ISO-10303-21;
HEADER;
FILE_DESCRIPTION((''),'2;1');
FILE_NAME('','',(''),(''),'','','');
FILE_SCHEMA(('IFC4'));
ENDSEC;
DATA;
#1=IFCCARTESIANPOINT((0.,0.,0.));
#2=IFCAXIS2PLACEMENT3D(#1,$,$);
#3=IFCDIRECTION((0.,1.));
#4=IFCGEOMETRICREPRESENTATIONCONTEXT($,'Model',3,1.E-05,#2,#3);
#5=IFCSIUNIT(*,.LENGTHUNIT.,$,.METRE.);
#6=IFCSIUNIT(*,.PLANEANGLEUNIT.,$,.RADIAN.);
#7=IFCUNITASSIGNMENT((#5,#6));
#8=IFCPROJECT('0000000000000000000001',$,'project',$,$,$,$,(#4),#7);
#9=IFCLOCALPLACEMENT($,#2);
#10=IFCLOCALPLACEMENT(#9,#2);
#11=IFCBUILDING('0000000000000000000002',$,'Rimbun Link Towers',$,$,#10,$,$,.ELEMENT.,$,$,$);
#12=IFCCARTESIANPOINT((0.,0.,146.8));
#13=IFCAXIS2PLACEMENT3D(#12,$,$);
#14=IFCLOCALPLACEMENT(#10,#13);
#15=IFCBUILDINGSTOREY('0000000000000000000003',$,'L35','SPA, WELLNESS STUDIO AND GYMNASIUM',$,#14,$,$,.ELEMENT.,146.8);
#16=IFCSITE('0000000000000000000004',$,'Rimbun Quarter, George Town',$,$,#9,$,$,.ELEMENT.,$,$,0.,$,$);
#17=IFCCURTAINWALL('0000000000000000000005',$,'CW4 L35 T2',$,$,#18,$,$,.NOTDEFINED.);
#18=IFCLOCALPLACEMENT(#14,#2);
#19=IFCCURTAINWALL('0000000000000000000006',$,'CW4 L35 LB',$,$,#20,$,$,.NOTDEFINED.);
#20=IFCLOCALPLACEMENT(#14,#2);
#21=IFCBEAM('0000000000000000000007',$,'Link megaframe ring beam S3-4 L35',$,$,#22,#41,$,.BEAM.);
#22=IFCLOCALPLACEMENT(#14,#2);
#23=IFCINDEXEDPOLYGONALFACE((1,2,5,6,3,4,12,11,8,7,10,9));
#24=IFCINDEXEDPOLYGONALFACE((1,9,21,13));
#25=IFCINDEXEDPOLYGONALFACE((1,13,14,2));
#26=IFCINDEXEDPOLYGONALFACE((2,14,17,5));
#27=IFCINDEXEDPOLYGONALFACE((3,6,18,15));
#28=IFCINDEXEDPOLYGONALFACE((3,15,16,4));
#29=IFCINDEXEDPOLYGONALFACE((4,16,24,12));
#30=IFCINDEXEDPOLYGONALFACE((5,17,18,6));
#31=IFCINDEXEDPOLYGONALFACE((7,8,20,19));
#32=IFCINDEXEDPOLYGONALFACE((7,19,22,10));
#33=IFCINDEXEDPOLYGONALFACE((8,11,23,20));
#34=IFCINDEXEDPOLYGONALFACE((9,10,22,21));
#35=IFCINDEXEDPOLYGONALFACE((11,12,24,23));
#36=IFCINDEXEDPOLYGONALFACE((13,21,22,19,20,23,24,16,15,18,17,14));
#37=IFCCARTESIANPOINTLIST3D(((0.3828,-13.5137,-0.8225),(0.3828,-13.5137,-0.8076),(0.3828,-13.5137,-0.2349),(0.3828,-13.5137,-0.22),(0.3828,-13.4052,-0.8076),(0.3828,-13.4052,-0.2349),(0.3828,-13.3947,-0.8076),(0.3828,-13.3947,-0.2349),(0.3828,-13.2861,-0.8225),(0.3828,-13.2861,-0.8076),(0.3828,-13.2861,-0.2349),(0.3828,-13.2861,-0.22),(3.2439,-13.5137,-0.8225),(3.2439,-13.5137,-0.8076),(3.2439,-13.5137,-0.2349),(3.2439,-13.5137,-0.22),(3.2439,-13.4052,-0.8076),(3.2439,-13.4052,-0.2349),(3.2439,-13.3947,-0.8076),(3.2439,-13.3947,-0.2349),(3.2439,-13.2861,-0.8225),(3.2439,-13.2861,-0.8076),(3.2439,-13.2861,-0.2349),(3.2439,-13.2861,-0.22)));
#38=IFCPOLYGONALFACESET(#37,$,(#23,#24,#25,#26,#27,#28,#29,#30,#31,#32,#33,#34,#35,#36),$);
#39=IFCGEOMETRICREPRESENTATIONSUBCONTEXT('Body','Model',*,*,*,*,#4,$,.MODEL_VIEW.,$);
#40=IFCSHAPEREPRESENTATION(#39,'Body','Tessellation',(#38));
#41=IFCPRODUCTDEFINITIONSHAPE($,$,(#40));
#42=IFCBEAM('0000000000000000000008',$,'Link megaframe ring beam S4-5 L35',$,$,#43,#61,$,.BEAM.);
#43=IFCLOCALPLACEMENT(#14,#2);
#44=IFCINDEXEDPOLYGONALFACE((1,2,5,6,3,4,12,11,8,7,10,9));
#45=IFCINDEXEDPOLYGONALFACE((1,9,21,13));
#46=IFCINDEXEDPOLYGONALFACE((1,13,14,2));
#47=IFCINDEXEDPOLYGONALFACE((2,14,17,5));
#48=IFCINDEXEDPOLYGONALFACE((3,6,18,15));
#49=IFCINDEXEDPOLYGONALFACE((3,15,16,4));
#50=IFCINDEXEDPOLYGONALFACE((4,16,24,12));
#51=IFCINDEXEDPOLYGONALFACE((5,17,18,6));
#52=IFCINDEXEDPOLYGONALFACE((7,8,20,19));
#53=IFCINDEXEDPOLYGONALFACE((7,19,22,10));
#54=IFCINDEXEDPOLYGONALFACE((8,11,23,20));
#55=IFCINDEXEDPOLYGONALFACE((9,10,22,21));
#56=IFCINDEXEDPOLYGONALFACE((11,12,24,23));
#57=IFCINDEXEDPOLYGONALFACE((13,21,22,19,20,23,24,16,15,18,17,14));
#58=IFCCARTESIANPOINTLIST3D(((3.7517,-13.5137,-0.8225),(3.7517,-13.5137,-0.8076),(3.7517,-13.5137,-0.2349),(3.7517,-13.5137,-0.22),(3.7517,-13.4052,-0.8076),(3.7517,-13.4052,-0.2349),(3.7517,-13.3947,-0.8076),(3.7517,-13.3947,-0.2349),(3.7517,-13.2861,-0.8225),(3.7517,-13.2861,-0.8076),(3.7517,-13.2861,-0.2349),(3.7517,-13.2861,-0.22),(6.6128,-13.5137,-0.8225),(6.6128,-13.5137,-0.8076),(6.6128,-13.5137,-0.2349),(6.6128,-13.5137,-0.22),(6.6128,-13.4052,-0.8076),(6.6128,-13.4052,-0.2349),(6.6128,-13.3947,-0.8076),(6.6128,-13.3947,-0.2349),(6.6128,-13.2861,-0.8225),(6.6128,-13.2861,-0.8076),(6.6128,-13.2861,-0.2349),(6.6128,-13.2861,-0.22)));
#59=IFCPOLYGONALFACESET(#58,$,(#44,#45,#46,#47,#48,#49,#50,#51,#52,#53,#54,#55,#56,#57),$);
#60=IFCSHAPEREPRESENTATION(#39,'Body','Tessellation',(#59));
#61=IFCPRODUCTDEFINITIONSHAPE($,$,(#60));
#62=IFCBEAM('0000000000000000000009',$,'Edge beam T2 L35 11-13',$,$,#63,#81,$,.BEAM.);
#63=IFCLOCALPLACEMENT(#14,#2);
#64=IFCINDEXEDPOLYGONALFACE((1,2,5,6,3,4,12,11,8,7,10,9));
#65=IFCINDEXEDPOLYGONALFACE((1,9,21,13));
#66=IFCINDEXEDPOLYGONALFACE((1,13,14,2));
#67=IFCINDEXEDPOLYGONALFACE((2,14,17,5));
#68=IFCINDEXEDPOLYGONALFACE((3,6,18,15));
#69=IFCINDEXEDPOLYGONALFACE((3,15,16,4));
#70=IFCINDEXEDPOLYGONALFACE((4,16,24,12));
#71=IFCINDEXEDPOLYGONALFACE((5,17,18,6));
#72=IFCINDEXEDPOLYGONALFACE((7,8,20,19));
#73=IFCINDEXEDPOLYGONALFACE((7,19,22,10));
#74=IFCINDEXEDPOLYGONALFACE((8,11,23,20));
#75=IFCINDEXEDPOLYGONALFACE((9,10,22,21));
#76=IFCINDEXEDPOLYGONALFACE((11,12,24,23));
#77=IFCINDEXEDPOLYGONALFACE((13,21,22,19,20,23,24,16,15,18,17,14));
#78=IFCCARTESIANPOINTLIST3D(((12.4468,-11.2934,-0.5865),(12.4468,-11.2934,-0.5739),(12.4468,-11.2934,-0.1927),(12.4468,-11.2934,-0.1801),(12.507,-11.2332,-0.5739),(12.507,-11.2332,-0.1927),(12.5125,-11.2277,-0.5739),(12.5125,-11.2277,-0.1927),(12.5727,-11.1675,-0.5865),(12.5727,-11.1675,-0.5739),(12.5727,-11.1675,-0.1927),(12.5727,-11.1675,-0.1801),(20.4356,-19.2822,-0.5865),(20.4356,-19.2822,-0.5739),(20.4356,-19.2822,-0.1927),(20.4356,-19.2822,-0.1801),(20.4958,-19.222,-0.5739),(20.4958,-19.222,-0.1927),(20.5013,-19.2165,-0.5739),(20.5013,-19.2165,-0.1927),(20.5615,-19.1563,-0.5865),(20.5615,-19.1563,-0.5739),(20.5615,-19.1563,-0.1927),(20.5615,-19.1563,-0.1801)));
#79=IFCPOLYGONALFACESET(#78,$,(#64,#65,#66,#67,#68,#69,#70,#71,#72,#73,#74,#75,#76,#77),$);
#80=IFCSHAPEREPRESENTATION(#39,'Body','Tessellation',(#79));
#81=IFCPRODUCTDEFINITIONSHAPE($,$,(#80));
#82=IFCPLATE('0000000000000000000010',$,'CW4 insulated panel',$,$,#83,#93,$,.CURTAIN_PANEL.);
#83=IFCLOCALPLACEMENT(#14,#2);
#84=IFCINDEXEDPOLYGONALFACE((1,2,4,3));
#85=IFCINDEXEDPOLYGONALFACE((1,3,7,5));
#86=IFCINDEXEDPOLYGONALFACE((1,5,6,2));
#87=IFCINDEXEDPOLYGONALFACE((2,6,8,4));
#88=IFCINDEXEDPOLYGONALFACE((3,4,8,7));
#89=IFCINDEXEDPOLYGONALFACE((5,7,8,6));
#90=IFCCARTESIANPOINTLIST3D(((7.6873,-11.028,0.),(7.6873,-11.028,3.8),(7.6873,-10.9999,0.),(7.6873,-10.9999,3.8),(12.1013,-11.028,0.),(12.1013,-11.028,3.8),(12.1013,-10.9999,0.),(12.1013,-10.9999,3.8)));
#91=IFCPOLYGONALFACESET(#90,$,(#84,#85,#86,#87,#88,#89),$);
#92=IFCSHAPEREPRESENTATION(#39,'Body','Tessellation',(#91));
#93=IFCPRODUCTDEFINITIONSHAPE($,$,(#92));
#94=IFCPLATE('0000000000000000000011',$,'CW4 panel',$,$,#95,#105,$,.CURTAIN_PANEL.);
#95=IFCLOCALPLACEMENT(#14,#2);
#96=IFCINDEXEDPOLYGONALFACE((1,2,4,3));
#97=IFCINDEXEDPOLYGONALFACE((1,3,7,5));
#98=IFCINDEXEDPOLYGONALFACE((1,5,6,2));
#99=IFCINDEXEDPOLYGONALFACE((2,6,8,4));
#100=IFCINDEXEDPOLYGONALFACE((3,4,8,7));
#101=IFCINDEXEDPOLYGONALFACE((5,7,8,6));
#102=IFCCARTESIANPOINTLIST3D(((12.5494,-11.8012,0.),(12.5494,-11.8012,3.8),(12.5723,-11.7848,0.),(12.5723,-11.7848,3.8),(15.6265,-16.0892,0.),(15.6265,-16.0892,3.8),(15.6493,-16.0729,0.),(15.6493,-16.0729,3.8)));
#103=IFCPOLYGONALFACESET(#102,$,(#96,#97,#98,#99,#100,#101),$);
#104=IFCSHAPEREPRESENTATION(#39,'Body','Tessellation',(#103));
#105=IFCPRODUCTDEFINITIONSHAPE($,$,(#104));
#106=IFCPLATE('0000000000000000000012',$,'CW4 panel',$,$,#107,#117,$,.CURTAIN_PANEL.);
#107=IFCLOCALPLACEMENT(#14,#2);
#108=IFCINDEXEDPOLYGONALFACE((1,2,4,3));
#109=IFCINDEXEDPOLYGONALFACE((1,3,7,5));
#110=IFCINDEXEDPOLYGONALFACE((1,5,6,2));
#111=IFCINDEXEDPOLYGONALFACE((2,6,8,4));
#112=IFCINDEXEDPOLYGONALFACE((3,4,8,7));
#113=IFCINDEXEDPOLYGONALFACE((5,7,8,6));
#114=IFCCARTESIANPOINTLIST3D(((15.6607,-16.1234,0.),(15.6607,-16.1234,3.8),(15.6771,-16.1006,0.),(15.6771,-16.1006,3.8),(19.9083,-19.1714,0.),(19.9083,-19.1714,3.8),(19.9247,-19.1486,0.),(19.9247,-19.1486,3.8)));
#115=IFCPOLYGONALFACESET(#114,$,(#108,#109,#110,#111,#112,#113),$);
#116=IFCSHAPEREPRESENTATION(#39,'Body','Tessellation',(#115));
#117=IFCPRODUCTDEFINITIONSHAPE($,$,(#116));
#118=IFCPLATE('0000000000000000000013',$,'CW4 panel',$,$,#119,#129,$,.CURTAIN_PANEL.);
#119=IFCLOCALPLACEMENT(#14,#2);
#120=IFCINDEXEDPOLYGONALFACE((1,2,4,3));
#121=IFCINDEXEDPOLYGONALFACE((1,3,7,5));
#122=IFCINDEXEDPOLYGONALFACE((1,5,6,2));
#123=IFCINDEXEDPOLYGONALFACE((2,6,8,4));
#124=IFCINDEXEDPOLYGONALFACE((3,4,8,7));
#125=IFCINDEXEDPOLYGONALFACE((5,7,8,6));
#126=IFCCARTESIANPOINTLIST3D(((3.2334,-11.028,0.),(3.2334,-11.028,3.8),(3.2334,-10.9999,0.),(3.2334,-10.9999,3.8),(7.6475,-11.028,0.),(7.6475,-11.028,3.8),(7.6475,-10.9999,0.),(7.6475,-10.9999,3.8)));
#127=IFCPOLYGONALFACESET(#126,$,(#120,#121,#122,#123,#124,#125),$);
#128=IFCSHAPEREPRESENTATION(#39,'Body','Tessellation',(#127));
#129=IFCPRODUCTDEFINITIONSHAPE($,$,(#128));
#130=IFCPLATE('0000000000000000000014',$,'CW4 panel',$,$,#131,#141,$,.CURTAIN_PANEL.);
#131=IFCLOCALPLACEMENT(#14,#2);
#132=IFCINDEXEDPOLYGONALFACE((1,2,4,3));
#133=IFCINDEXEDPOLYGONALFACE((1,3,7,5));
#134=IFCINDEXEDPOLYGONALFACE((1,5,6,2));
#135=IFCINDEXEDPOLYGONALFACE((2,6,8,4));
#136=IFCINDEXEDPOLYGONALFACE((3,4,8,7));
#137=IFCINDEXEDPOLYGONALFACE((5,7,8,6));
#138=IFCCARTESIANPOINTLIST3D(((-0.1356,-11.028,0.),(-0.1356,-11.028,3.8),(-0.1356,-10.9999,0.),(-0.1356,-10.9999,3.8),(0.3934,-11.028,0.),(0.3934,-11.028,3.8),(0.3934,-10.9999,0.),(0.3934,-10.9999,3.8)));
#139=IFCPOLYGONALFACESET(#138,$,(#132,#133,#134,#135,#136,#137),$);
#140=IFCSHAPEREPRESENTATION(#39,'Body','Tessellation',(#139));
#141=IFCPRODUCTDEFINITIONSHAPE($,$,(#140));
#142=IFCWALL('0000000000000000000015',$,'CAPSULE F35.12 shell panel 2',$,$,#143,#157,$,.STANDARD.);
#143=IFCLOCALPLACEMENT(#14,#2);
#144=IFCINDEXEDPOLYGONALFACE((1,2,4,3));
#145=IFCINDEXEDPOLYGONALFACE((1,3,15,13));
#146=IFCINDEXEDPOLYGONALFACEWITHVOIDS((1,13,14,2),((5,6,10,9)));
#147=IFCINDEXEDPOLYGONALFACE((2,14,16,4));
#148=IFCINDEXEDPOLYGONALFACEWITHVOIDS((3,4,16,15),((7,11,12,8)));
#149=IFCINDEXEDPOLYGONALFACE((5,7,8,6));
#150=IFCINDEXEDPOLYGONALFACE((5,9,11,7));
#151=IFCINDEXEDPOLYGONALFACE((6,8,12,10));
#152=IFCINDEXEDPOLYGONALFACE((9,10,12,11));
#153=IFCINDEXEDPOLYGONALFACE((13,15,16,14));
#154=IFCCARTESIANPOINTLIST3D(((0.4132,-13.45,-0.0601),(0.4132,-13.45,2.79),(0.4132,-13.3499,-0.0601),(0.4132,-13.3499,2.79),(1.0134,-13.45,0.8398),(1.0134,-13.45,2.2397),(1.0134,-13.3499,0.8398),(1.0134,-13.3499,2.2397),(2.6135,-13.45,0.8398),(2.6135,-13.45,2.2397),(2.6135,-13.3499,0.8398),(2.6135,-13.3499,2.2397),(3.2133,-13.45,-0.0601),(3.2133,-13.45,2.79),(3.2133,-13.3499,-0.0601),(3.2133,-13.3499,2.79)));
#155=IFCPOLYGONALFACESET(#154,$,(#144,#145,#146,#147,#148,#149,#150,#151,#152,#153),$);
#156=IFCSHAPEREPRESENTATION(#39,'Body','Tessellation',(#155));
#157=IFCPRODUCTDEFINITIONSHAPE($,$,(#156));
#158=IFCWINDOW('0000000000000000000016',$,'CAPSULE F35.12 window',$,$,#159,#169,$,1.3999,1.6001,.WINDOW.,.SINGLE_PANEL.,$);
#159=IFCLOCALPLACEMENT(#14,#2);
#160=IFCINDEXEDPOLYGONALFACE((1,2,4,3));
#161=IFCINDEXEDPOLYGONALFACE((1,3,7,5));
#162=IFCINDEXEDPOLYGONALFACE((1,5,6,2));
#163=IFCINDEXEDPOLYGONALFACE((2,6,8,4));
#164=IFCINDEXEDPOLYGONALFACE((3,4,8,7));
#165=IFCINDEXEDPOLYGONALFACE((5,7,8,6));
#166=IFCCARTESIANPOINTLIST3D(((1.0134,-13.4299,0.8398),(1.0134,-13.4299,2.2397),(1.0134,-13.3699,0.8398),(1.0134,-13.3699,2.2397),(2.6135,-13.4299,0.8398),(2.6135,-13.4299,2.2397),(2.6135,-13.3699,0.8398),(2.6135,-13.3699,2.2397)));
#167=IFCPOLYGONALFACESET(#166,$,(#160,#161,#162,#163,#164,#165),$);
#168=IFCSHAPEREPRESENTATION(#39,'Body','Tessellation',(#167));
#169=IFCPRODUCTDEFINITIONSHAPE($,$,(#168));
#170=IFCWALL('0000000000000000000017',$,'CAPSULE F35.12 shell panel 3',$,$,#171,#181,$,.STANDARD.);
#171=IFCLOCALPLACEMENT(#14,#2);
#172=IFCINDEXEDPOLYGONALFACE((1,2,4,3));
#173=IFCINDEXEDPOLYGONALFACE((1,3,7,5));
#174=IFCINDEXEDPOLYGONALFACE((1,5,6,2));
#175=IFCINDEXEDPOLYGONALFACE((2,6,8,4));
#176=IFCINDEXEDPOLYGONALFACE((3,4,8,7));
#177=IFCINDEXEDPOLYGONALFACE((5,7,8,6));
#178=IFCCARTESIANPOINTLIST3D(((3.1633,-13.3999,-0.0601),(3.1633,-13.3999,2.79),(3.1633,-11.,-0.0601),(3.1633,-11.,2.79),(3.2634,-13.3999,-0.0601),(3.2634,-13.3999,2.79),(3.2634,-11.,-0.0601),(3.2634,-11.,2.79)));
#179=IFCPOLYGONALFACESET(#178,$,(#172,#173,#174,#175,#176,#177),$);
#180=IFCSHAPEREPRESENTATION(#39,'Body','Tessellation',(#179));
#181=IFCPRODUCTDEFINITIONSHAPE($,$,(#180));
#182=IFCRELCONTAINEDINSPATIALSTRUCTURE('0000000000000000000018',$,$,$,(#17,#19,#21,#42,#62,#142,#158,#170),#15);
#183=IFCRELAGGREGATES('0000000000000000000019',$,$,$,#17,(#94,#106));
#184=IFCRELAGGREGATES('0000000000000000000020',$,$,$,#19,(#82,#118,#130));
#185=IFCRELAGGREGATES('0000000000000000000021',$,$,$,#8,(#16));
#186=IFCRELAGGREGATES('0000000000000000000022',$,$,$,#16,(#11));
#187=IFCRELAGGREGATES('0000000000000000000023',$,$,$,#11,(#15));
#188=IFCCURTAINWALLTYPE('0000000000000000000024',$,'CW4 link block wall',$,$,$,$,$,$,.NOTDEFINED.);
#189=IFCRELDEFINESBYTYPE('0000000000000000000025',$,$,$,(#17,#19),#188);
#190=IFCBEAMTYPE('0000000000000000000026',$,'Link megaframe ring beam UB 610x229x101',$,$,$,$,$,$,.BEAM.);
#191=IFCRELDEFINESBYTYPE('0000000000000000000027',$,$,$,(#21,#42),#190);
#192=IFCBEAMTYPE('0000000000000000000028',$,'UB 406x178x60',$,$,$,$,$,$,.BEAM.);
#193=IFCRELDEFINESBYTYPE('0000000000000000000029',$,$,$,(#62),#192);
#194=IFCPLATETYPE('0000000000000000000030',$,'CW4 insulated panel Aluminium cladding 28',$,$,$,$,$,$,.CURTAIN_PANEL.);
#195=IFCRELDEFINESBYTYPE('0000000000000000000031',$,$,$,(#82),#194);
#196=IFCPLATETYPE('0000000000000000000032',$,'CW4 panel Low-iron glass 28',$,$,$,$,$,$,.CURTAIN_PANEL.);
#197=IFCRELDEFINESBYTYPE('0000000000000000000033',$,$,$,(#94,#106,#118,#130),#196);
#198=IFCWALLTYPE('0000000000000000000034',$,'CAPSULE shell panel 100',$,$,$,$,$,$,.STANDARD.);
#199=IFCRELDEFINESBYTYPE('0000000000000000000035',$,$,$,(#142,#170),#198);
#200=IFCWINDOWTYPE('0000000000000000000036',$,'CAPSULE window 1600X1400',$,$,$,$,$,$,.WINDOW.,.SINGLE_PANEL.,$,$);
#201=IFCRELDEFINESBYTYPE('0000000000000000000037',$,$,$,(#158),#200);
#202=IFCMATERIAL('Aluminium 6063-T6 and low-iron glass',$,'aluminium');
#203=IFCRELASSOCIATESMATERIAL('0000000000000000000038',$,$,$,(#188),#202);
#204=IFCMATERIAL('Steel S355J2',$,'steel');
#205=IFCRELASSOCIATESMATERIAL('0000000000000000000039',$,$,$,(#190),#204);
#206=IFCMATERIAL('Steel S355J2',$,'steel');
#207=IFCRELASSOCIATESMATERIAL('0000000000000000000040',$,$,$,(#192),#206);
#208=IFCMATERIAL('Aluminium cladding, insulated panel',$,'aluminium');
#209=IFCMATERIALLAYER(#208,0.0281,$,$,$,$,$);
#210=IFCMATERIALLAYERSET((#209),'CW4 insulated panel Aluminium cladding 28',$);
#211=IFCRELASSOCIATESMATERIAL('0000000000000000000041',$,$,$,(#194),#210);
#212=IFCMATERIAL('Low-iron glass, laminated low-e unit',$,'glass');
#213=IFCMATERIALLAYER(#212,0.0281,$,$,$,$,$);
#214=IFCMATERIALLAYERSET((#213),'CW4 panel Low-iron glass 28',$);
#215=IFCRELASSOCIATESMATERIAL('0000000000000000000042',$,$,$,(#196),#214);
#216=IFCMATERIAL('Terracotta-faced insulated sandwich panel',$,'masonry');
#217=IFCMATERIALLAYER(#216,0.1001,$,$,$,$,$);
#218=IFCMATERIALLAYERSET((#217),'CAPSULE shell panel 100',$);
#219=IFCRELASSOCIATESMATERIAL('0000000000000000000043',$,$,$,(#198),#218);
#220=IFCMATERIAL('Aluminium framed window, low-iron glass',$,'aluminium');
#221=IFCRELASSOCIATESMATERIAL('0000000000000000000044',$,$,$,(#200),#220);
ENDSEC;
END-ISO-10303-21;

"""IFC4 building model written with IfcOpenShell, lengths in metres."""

from ifc_helpers import new_model, si_unit, direction, frame, frame_2d, origin, origin_2d, place, context, subcontext, project, spatial, rectangle, i_section, extrude, material, layer, layer_set, material_profile, profile_set, type_object, element, fill, aggregate, save


model = new_model("IFC4")

# Units and contexts
model_context = context("Model", 3, precision=1e-05, world=origin(), true_north=direction((0.0, 1.0)))
body_context = subcontext(model_context, "Body", "Model", "MODEL_VIEW")
ifc_project = project(units=[si_unit("LENGTHUNIT", "METRE"), si_unit("PLANEANGLEUNIT", "RADIAN")], contexts=[model_context])

# Site, building, storey
site_placement = place(None, origin())
site = spatial("IfcSite", under=ifc_project, at=site_placement, Name="Rimbun Quarter, George Town", CompositionType="ELEMENT", RefElevation=0.0)
building_placement = place(site_placement, origin())
building = spatial("IfcBuilding", under=site, at=building_placement, Name="Rimbun Link Towers", CompositionType="ELEMENT")
storey_placement = place(building_placement, frame((0.0, 0.0, 146.8)))
storey = spatial("IfcBuildingStorey", under=building, at=storey_placement, Name="L35", Description="SPA, WELLNESS STUDIO AND GYMNASIUM", CompositionType="ELEMENT", Elevation=146.8)

# Curtain walls
ifc_material_1 = material(Name="Aluminium 6063-T6 and low-iron glass", Category="aluminium")
curtain_wall_type = type_object("IfcCurtainWallType", Name="CW4 link block wall", PredefinedType="NOTDEFINED", material=ifc_material_1)
curtain_wall_1_placement = place(storey_placement, origin())
curtain_wall_1 = element("IfcCurtainWall", 1, at=curtain_wall_1_placement, inside=storey, type_object=curtain_wall_type, Name="CW4 L35 T2", PredefinedType="NOTDEFINED")
curtain_wall_2_placement = place(storey_placement, origin())
curtain_wall_2 = element("IfcCurtainWall", 2, at=curtain_wall_2_placement, inside=storey, type_object=curtain_wall_type, Name="CW4 L35 LB", PredefinedType="NOTDEFINED")

# Beams
ifc_material_2 = material(Name="Steel S355J2", Category="steel")
ifc_material_profile_1 = material_profile(ifc_material_2, i_section(OverallWidth=0.2275, OverallDepth=0.6025, WebThickness=0.0105, FlangeThickness=0.0149, at=origin_2d()), Name="UB 610x229x101")
ifc_profile_set_1 = profile_set([ifc_material_profile_1], Name="Steel S355J2")
beam_type_1 = type_object("IfcBeamType", Name="Link megaframe ring beam UB 610x229x101", PredefinedType="BEAM", material=ifc_profile_set_1)
for number, where, z_axis, x_axis, name in (
    (3, (0.3828, -13.3999, -0.5212), (1.0, 0.0, 0.0), (0.0, 1.0, 0.0), "Link megaframe ring beam S3-4 L35"),
    (4, (3.7517, -13.3999, -0.5212), (1.0, 0.0, 0.0), (0.0, 1.0, 0.0), "Link megaframe ring beam S4-5 L35"),
):
    element("IfcBeam", number, at=place(storey_placement, frame(where, z_axis=z_axis, x_axis=x_axis)), inside=storey, type_object=beam_type_1, Name=name, PredefinedType="BEAM", context=body_context, shape_type="SweptSolid", body=[
        extrude(i_section(OverallWidth=0.2275, OverallDepth=0.6025, WebThickness=0.0105, FlangeThickness=0.0149, at=origin_2d()), origin(), (0.0, 0.0, 1.0), 2.8611),
    ])
ifc_material_3 = material(Name="Steel S355J2", Category="steel")
ifc_material_profile_2 = material_profile(ifc_material_3, i_section(OverallWidth=0.178, OverallDepth=0.4065, WebThickness=0.0078, FlangeThickness=0.0127, at=origin_2d()), Name="UB 406x178x60")
ifc_profile_set_2 = profile_set([ifc_material_profile_2], Name="Steel S355J2")
beam_type_2 = type_object("IfcBeamType", Name="UB 406x178x60", PredefinedType="BEAM", material=ifc_profile_set_2)
beam_1_placement = place(storey_placement, frame((12.5098, -11.2305, -0.3833), z_axis=(0.707107, -0.707107, 0.0), x_axis=(0.707107, 0.707107, 0.0)))
element("IfcBeam", 5, at=beam_1_placement, inside=storey, type_object=beam_type_2, Name="Edge beam T2 L35 11-13", PredefinedType="BEAM", context=body_context, shape_type="SweptSolid", body=[
    extrude(i_section(OverallWidth=0.178, OverallDepth=0.4065, WebThickness=0.0078, FlangeThickness=0.0127, at=origin_2d()), origin(), (0.0, 0.0, 1.0), 11.2979),
])

# Plates
ifc_material_4 = material(Name="Aluminium cladding, insulated panel", Category="aluminium")
ifc_layer_1 = layer(ifc_material_4, 0.0281)
ifc_layer_set_1 = layer_set([ifc_layer_1], Name="CW4 insulated panel Aluminium cladding 28")
plate_type_1 = type_object("IfcPlateType", Name="CW4 insulated panel Aluminium cladding 28", PredefinedType="CURTAIN_PANEL", material=ifc_layer_set_1)
plate_1_placement = place(storey_placement, frame((9.8943, -11.0139, 0.0), z_axis=(0.0, 0.0, 1.0), x_axis=(-1.0, 0.0, 0.0)))
plate_1 = element("IfcPlate", 6, at=plate_1_placement, type_object=plate_type_1, Name="CW4 insulated panel", PredefinedType="CURTAIN_PANEL", context=body_context, shape_type="SweptSolid", body=[
    extrude(rectangle(XDim=4.4141, YDim=0.0281, at=origin_2d()), origin(), (0.0, 0.0, 1.0), 3.8),
])
ifc_material_5 = material(Name="Low-iron glass, laminated low-e unit", Category="glass")
ifc_layer_2 = layer(ifc_material_5, 0.0281)
ifc_layer_set_2 = layer_set([ifc_layer_2], Name="CW4 panel Low-iron glass 28")
plate_type_2 = type_object("IfcPlateType", Name="CW4 panel Low-iron glass 28", PredefinedType="CURTAIN_PANEL", material=ifc_layer_set_2)
plate_2_placement = place(storey_placement, frame((14.0994, -13.937, 0.0), z_axis=(0.0, 0.0, 1.0), x_axis=(-0.583009, 0.812465, 0.0)))
plate_2 = element("IfcPlate", 7, at=plate_2_placement, type_object=plate_type_2, Name="CW4 panel", PredefinedType="CURTAIN_PANEL", context=body_context, shape_type="SweptSolid", body=[
    extrude(rectangle(XDim=5.2778, YDim=0.0281, at=origin_2d()), origin(), (0.0, 0.0, 1.0), 3.8),
])
plate_3_placement = place(storey_placement, frame((17.7927, -17.636, 0.0), z_axis=(0.0, 0.0, 1.0), x_axis=(-0.812465, 0.583009, 0.0)))
plate_3 = element("IfcPlate", 8, at=plate_3_placement, type_object=plate_type_2, Name="CW4 panel", PredefinedType="CURTAIN_PANEL", context=body_context, shape_type="SweptSolid", body=[
    extrude(rectangle(XDim=5.228, YDim=0.0281, at=origin_2d()), origin(), (0.0, 0.0, 1.0), 3.8),
])
aggregate(curtain_wall_1, [plate_2, plate_3])
plate_4_placement = place(storey_placement, frame((5.4404, -11.0139, 0.0), z_axis=(0.0, 0.0, 1.0), x_axis=(-1.0, 0.0, 0.0)))
plate_4 = element("IfcPlate", 9, at=plate_4_placement, type_object=plate_type_2, Name="CW4 panel", PredefinedType="CURTAIN_PANEL", context=body_context, shape_type="SweptSolid", body=[
    extrude(rectangle(XDim=4.4141, YDim=0.0281, at=origin_2d()), origin(), (0.0, 0.0, 1.0), 3.8),
])
plate_5_placement = place(storey_placement, frame((0.1289, -11.0139, 0.0), z_axis=(0.0, 0.0, 1.0), x_axis=(-1.0, 0.0, 0.0)))
plate_5 = element("IfcPlate", 10, at=plate_5_placement, type_object=plate_type_2, Name="CW4 panel", PredefinedType="CURTAIN_PANEL", context=body_context, shape_type="SweptSolid", body=[
    extrude(rectangle(XDim=0.5291, YDim=0.0281, at=origin_2d()), origin(), (0.0, 0.0, 1.0), 3.8),
])
aggregate(curtain_wall_2, [plate_1, plate_4, plate_5])

# Wall, opening, window
ifc_material_6 = material(Name="Terracotta-faced insulated sandwich panel", Category="masonry")
ifc_layer_3 = layer(ifc_material_6, 0.1001)
ifc_layer_set_3 = layer_set([ifc_layer_3], Name="CAPSULE shell panel 100")
wall_type_1 = type_object("IfcWallType", Name="CAPSULE shell panel 100", PredefinedType="STANDARD", material=ifc_layer_set_3)
wall_1_placement = place(storey_placement, frame((0.4133, -13.3999, -0.0601), z_axis=(0.0, 0.0, 1.0), x_axis=(1.0, 0.0, 0.0)))
wall_1 = element("IfcWall", 11, at=wall_1_placement, inside=storey, type_object=wall_type_1, Name="CAPSULE F35.12 shell panel 2", PredefinedType="STANDARD", context=body_context, shape_type="SweptSolid", body=[
    extrude(rectangle(XDim=2.8, YDim=0.1001, at=frame_2d((1.3999, 0.0))), origin(), (0.0, 0.0, 1.0), 2.8501),
])
opening_placement = place(wall_1_placement, frame((0.6001, 0.0, 0.8999)))
opening = element("IfcOpeningElement", 12, at=opening_placement, cuts=wall_1, PredefinedType="OPENING", context=body_context, shape_type="SweptSolid", body=[
    extrude(rectangle(XDim=1.6001, YDim=1.3999, at=frame_2d((0.8, 0.7))), frame((0.0, 0.0601, 0.0), z_axis=(0.0, -1.0, 0.0), x_axis=(1.0, 0.0, 0.0)), (0.0, 0.0, 1.0), 0.1201),
])
ifc_material_7 = material(Name="Aluminium framed window, low-iron glass", Category="aluminium")
window_type = type_object("IfcWindowType", Name="CAPSULE window 1600X1400", PartitioningType="SINGLE_PANEL", PredefinedType="WINDOW", material=ifc_material_7)
window_placement = place(opening_placement, origin())
window = element("IfcWindow", 13, at=window_placement, inside=storey, type_object=window_type, Name="CAPSULE F35.12 window", OverallHeight=1.3999, OverallWidth=1.6001, PartitioningType="SINGLE_PANEL", PredefinedType="WINDOW", context=body_context, shape_type="SweptSolid", body=[
    extrude(rectangle(XDim=1.6001, YDim=1.3999, at=frame_2d((0.8, 0.7))), frame((0.0, 0.03, 0.0), z_axis=(0.0, -1.0, 0.0), x_axis=(1.0, 0.0, 0.0)), (0.0, 0.0, 1.0), 0.0601),
])
fill(opening, window)

# Wall
wall_2_placement = place(storey_placement, frame((3.2134, -13.3999, -0.0601), z_axis=(0.0, 0.0, 1.0), x_axis=(0.0, 1.0, 0.0)))
element("IfcWall", 14, at=wall_2_placement, inside=storey, type_object=wall_type_1, Name="CAPSULE F35.12 shell panel 3", PredefinedType="STANDARD", context=body_context, shape_type="SweptSolid", body=[
    extrude(rectangle(XDim=2.3999, YDim=0.1001, at=frame_2d((1.2, 0.0))), origin(), (0.0, 0.0, 1.0), 2.8501),
])

save(model, "model.ifc")
